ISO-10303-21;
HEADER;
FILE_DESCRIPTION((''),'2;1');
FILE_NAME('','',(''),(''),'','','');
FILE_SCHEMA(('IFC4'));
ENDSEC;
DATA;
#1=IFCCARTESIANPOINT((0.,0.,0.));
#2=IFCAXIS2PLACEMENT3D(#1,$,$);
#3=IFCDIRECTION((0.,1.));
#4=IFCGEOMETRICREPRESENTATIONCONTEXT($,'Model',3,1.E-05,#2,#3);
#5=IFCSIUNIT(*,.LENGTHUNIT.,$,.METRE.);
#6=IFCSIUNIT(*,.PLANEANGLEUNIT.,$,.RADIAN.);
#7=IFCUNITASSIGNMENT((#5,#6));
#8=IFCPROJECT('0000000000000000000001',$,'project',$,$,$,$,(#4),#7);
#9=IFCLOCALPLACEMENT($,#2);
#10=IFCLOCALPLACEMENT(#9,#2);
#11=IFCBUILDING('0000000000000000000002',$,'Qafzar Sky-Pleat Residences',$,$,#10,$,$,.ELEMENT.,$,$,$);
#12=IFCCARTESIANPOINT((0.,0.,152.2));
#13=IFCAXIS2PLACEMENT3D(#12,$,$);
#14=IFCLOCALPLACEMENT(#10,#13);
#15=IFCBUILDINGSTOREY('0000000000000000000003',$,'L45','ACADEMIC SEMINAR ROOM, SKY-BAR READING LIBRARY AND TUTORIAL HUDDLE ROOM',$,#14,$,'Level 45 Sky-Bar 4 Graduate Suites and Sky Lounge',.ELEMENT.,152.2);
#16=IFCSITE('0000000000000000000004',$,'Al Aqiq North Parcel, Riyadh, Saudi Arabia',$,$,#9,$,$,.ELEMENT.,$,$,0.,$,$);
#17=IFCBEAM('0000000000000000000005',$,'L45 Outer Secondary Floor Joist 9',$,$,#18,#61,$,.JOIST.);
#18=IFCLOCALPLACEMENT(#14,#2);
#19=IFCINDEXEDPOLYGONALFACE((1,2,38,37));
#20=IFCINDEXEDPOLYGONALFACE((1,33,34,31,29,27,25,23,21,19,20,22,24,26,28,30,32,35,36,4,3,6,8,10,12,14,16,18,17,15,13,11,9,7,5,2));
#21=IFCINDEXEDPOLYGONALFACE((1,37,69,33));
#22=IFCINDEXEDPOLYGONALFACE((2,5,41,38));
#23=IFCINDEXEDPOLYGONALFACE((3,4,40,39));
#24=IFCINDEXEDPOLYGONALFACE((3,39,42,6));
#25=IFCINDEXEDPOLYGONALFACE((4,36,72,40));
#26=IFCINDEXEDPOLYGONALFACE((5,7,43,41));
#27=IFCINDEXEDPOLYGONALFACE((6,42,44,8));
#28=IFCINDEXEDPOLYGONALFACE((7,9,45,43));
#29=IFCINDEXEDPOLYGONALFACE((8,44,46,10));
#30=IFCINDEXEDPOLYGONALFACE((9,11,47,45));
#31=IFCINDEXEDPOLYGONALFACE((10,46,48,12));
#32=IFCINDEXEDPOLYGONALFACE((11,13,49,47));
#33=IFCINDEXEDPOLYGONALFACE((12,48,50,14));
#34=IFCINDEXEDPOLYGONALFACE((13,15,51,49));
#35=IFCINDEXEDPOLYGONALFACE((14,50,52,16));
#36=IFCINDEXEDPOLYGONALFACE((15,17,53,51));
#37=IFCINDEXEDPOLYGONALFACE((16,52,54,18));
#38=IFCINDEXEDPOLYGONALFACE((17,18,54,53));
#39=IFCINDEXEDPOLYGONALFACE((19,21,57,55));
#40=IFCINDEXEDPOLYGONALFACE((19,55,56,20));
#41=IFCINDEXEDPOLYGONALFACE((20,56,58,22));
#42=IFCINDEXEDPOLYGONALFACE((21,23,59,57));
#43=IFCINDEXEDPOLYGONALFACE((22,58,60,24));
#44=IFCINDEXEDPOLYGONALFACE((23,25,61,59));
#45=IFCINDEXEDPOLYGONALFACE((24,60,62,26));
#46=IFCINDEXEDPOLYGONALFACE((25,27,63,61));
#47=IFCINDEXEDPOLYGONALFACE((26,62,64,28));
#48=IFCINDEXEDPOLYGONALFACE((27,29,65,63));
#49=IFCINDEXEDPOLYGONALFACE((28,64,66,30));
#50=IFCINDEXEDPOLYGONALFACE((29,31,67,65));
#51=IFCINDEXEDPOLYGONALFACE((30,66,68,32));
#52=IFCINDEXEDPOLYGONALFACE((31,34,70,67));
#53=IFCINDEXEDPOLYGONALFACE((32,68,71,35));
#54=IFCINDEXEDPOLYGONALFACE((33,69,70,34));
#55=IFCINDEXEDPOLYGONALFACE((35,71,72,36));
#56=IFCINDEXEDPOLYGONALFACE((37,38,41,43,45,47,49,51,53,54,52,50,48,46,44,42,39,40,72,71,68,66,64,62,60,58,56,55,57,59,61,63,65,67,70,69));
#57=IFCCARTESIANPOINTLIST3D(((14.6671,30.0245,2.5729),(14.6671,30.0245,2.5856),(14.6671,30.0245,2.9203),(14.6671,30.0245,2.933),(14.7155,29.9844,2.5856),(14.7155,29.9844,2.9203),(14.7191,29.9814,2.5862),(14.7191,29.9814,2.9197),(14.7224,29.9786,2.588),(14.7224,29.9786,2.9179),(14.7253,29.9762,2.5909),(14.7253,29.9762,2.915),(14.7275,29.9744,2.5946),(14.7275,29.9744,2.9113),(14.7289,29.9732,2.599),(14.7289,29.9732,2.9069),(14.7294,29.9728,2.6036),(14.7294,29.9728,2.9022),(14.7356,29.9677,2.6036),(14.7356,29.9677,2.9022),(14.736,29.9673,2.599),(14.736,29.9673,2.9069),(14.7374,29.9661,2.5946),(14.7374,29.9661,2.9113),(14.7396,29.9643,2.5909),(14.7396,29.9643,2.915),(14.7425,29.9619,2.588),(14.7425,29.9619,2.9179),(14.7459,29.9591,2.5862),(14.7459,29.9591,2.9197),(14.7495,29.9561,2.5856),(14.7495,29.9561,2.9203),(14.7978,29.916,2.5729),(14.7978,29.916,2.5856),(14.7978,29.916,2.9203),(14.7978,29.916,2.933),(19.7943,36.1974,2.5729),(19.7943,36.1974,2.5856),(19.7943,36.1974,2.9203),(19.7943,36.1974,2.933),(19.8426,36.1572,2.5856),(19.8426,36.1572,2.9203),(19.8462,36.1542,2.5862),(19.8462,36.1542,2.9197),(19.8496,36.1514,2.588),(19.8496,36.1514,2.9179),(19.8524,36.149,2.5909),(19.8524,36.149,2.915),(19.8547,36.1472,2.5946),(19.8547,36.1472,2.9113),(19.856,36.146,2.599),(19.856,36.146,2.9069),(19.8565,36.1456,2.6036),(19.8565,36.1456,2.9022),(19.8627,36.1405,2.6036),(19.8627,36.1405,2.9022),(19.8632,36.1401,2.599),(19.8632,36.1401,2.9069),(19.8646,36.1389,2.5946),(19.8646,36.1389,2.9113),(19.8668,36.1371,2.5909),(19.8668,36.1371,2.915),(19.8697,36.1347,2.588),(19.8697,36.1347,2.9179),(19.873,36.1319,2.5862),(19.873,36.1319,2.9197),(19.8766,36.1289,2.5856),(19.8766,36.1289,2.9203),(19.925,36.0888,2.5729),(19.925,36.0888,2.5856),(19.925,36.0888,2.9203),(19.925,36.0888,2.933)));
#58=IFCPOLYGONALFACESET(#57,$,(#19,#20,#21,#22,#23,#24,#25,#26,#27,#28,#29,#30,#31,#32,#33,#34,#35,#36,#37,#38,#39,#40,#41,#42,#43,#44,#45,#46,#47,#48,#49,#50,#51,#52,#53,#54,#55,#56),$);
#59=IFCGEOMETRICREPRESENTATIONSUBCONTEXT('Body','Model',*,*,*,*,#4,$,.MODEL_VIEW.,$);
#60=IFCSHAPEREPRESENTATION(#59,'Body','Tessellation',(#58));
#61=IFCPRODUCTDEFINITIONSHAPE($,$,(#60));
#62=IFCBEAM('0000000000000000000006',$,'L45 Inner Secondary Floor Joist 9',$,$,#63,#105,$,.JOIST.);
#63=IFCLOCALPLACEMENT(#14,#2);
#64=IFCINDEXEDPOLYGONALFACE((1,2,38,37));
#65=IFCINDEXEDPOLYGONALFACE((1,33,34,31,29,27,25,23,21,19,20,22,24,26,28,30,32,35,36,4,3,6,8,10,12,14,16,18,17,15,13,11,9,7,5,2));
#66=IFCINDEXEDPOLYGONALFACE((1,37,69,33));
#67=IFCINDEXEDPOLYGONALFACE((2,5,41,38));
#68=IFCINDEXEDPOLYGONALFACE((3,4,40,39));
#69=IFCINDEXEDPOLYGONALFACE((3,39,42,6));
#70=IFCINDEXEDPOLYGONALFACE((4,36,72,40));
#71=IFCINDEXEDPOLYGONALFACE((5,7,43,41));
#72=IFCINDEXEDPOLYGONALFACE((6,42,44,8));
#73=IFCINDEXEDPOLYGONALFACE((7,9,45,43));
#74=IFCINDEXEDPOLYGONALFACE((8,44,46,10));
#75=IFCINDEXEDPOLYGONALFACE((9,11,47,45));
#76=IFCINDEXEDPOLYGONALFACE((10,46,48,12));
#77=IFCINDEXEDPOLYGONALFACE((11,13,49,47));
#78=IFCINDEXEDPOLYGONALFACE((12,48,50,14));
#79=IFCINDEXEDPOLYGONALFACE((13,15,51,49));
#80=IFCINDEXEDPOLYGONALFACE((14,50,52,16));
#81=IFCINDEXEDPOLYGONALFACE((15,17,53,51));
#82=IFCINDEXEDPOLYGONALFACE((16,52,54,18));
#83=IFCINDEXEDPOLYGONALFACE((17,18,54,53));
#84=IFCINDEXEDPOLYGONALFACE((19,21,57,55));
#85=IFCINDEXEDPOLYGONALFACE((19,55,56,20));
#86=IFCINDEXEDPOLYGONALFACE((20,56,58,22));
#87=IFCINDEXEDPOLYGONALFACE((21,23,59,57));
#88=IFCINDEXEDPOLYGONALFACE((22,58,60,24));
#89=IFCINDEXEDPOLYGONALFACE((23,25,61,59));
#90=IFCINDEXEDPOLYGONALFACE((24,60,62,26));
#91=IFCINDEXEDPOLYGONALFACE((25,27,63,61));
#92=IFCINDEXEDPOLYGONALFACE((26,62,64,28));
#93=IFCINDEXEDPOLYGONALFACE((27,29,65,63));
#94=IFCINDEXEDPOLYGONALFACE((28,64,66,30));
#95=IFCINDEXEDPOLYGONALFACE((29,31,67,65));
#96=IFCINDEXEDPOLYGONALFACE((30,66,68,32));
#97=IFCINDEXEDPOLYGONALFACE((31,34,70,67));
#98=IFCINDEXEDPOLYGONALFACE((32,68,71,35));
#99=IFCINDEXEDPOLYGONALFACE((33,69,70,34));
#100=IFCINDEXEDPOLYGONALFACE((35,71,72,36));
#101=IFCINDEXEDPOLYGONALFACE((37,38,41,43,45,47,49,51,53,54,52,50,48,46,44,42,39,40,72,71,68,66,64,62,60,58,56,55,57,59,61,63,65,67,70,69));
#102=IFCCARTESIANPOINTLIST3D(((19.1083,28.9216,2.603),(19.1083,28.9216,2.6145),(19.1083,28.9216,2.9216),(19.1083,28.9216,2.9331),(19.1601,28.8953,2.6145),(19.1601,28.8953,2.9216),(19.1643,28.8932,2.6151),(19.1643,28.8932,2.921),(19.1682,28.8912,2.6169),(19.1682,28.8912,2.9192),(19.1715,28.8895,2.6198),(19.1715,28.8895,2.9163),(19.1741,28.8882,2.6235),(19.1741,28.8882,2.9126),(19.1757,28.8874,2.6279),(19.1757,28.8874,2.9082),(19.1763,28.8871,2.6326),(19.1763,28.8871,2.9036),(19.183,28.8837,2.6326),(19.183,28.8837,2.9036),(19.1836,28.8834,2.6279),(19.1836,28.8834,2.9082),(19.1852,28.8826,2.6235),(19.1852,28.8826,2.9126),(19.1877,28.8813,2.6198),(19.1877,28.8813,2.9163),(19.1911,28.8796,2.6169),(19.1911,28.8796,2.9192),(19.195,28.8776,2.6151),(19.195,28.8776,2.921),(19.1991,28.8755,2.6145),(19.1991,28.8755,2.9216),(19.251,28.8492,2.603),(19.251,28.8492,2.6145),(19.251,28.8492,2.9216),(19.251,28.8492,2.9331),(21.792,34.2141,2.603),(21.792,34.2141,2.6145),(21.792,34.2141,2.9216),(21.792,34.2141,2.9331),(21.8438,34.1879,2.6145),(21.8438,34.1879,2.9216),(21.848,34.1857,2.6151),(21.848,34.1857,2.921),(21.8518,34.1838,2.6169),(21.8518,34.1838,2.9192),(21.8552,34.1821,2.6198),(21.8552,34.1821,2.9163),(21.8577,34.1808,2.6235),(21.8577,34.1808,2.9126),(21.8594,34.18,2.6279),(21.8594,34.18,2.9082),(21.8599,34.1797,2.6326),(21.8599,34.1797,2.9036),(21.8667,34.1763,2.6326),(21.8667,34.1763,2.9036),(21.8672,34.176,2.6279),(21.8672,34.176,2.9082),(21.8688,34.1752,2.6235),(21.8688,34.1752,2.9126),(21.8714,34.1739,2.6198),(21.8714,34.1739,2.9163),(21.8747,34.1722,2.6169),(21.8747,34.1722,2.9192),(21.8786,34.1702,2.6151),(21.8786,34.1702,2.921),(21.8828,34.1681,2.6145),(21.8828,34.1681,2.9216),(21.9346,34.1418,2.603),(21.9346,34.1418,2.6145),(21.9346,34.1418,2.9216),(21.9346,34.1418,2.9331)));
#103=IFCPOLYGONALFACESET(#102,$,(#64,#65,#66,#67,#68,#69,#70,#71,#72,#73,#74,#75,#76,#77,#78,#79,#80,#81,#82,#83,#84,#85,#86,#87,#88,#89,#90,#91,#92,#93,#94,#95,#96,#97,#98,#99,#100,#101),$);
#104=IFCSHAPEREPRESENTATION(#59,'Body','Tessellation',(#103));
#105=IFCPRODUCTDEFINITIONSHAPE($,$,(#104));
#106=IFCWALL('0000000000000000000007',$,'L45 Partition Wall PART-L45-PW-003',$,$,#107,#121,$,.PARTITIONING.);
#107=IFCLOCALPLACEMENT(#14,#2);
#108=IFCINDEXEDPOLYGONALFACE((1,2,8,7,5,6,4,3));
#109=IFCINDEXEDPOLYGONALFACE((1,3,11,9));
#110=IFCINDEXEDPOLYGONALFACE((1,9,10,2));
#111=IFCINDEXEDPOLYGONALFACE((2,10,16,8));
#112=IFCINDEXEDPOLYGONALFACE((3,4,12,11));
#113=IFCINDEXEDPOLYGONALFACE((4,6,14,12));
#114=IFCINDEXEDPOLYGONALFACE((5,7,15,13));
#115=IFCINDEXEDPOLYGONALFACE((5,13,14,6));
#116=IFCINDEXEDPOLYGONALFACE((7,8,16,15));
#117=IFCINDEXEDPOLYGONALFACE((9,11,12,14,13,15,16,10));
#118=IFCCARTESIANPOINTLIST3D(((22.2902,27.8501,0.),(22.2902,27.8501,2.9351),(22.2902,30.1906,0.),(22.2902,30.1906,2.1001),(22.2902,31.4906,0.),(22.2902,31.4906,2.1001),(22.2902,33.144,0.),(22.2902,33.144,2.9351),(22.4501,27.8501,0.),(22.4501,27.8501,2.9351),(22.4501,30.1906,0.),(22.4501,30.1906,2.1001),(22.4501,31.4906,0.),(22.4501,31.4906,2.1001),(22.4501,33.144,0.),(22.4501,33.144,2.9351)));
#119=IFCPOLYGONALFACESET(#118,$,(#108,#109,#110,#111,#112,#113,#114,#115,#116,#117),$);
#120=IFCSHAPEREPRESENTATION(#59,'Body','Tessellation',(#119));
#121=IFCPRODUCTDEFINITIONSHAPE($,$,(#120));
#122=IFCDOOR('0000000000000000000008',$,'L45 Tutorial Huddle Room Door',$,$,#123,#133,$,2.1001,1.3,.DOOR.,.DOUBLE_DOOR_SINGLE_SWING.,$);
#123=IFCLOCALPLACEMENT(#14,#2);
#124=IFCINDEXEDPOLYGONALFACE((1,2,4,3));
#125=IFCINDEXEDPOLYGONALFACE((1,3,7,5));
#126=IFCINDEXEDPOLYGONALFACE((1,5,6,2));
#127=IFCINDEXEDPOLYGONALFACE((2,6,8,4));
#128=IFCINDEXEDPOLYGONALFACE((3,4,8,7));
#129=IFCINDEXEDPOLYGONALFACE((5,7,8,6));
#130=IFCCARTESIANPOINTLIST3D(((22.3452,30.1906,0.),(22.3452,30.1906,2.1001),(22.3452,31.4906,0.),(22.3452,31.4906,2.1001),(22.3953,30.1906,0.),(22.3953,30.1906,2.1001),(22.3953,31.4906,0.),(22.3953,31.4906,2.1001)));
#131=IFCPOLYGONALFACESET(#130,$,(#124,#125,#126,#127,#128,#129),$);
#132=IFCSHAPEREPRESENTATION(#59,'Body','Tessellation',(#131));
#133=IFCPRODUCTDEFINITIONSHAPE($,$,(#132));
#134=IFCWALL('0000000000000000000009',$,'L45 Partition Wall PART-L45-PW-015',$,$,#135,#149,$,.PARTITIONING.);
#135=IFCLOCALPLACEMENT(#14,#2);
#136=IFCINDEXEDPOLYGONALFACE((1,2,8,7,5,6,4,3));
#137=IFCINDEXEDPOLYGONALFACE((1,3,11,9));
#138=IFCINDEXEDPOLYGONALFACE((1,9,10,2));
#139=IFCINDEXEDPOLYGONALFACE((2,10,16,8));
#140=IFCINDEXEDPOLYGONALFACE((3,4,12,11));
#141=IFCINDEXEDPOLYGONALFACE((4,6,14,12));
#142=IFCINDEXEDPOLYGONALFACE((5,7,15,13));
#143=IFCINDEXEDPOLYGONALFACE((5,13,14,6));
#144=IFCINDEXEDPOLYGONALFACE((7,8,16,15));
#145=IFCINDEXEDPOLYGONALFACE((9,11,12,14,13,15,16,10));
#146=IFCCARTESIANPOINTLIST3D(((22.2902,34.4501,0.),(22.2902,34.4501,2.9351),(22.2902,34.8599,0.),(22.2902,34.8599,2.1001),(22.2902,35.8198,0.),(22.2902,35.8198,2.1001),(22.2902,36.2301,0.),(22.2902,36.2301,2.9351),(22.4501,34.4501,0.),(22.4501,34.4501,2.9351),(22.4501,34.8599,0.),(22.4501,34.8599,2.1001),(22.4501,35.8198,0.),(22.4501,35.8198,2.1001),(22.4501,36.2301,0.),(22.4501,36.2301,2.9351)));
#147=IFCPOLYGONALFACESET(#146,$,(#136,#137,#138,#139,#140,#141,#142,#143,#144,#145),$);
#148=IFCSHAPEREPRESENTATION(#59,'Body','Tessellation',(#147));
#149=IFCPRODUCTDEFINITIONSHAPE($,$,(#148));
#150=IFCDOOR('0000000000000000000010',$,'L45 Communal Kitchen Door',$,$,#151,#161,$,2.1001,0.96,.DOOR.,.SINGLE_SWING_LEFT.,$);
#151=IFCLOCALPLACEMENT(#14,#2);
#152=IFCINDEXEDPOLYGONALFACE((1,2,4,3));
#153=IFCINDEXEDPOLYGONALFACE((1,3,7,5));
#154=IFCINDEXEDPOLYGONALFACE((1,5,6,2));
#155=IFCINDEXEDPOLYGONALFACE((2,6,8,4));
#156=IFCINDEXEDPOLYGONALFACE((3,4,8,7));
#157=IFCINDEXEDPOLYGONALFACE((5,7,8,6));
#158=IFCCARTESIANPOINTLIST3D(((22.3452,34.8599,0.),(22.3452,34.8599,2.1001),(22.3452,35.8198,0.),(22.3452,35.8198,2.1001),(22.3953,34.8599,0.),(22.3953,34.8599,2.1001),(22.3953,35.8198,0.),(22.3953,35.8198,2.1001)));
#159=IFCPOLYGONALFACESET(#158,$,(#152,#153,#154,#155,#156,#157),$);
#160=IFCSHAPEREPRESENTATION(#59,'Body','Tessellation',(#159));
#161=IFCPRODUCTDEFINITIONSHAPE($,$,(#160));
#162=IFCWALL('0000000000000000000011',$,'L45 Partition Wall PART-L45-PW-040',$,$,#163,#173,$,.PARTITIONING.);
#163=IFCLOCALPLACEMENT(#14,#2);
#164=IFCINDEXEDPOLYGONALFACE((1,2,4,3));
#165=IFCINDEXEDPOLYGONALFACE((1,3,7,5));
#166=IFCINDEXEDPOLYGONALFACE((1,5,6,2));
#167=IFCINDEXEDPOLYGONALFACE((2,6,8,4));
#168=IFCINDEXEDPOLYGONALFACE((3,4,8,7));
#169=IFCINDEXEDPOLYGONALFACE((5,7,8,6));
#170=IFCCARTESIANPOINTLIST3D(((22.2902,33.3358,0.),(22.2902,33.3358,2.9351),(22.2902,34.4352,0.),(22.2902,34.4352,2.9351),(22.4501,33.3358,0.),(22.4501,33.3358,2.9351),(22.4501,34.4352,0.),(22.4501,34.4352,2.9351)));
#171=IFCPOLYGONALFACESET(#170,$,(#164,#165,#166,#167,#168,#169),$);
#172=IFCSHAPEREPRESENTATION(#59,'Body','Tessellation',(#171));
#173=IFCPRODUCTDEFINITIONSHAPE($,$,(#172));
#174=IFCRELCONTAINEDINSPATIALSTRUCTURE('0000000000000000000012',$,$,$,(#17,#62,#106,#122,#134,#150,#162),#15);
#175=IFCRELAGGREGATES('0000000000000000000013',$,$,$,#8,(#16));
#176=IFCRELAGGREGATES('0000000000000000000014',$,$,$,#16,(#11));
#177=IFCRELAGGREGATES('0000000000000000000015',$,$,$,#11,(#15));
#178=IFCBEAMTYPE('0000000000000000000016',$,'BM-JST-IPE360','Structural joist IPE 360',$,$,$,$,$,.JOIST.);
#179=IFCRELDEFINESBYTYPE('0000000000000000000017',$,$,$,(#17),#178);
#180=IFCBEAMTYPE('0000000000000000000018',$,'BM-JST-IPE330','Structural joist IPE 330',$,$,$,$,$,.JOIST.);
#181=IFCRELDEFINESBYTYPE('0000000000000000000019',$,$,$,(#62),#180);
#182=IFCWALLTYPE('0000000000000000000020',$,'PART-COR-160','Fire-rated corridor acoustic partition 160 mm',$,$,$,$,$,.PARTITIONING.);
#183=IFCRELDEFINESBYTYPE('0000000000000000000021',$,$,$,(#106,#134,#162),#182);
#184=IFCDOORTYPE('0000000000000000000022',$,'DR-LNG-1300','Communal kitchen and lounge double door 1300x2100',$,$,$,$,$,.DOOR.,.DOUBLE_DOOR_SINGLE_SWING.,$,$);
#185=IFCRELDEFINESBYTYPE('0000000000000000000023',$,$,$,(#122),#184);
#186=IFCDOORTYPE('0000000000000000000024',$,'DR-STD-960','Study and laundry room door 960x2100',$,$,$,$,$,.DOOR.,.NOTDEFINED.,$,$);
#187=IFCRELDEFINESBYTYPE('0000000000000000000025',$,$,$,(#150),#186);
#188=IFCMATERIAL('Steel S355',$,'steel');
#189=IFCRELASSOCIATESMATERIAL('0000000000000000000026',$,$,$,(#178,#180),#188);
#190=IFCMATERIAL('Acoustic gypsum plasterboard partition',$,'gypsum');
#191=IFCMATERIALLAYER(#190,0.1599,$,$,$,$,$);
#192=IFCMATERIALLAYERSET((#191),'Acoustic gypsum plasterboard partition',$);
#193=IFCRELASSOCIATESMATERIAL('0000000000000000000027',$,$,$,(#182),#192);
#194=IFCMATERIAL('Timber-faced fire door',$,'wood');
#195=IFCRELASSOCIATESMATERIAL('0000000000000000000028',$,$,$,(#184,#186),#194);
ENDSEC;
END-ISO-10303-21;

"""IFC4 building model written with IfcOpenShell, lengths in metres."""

from ifc_helpers import new_model, si_unit, direction, frame, frame_2d, origin, origin_2d, place, context, subcontext, project, spatial, rectangle, i_section, extrude, source, transform, mapped, material, layer, layer_set, material_profile, profile_set, type_object, element, fill, save


model = new_model("IFC4")

# Units and contexts
model_context = context("Model", 3, precision=1e-05, world=origin(), true_north=direction((0.0, 1.0)))
body_context = subcontext(model_context, "Body", "Model", "MODEL_VIEW")
ifc_project = project(units=[si_unit("LENGTHUNIT", "METRE"), si_unit("PLANEANGLEUNIT", "RADIAN")], contexts=[model_context])

# Site, building, storey
site_placement = place(None, origin())
site = spatial("IfcSite", under=ifc_project, at=site_placement, Name="Al Aqiq North Parcel, Riyadh, Saudi Arabia", CompositionType="ELEMENT", RefElevation=0.0)
building_placement = place(site_placement, origin())
building = spatial("IfcBuilding", under=site, at=building_placement, Name="Qafzar Sky-Pleat Residences", CompositionType="ELEMENT")
storey_placement = place(building_placement, frame((0.0, 0.0, 152.2)))
storey = spatial("IfcBuildingStorey", under=building, at=storey_placement, Name="L45", Description="ACADEMIC SEMINAR ROOM, SKY-BAR READING LIBRARY AND TUTORIAL HUDDLE ROOM", LongName="Level 45 Sky-Bar 4 Graduate Suites and Sky Lounge", CompositionType="ELEMENT", Elevation=152.2)

# Shared definitions
ifc_material_1 = material(Name="Steel S355", Category="steel")

# Beams
ifc_material_profile_1 = material_profile(ifc_material_1, i_section(OverallWidth=0.1699, OverallDepth=0.3601, WebThickness=0.0081, FlangeThickness=0.0127, FilletRadius=0.0181, at=origin_2d()), Name="IPE 360")
ifc_profile_set_1 = profile_set([ifc_material_profile_1], Name="Steel S355")
beam_type_1 = type_object("IfcBeamType", Name="BM-JST-IPE360", Description="Structural joist IPE 360", PredefinedType="JOIST", material=ifc_profile_set_1)
shared_shape_1 = source(origin(), body_context, "Body", "SweptSolid", [
    extrude(i_section(OverallWidth=0.1699, OverallDepth=0.3601, WebThickness=0.0081, FlangeThickness=0.0127, FilletRadius=0.0181, at=origin_2d()), origin(), (0.0, 0.0, 1.0), 8.0244),
])
beam_1_placement = place(storey_placement, frame((19.8596, 36.1431, 2.7529), z_axis=(-0.638945, -0.769253, 0.0), x_axis=(0.769253, -0.638945, 0.0)))
element("IfcBeam", 1, at=beam_1_placement, inside=storey, type_object=beam_type_1, Name="L45 Outer Secondary Floor Joist 9", PredefinedType="JOIST", context=body_context, shape_type="MappedRepresentation", body=[
    mapped(shared_shape_1, transform((0.0, 0.0, 0.0), x_axis=(1.0, 0.0, 0.0), y_axis=(0.0, 1.0, 0.0), z_axis=(0.0, 0.0, 1.0), scale=1.0)),
])
ifc_material_profile_2 = material_profile(ifc_material_1, i_section(OverallWidth=0.1599, OverallDepth=0.3301, WebThickness=0.0076, FlangeThickness=0.0115, FilletRadius=0.0181, at=origin_2d()), Name="IPE 330")
ifc_profile_set_2 = profile_set([ifc_material_profile_2], Name="Steel S355")
beam_type_2 = type_object("IfcBeamType", Name="BM-JST-IPE330", Description="Structural joist IPE 330", PredefinedType="JOIST", material=ifc_profile_set_2)
shared_shape_2 = source(origin(), body_context, "Body", "SweptSolid", [
    extrude(i_section(OverallWidth=0.1599, OverallDepth=0.3301, WebThickness=0.0076, FlangeThickness=0.0115, FilletRadius=0.0181, at=origin_2d()), origin(), (0.0, 0.0, 1.0), 5.9341),
])
beam_2_placement = place(storey_placement, frame((21.8633, 34.178, 2.7681), z_axis=(-0.452242, -0.891895, 0.0), x_axis=(0.891895, -0.452242, 0.0)))
element("IfcBeam", 2, at=beam_2_placement, inside=storey, type_object=beam_type_2, Name="L45 Inner Secondary Floor Joist 9", PredefinedType="JOIST", context=body_context, shape_type="MappedRepresentation", body=[
    mapped(shared_shape_2, transform((0.0, 0.0, 0.0), x_axis=(1.0, 0.0, 0.0), y_axis=(0.0, 1.0, 0.0), z_axis=(0.0, 0.0, 1.0), scale=1.0)),
])

# Walls, openings, doors
ifc_material_2 = material(Name="Acoustic gypsum plasterboard partition", Category="gypsum")
ifc_layer_1 = layer(ifc_material_2, 0.1599)
ifc_layer_set_1 = layer_set([ifc_layer_1], Name="Acoustic gypsum plasterboard partition")
wall_type_1 = type_object("IfcWallType", Name="PART-COR-160", Description="Fire-rated corridor acoustic partition 160 mm", PredefinedType="PARTITIONING", material=ifc_layer_set_1)
wall_1_placement = place(storey_placement, frame((22.3701, 27.8501, 0.0), z_axis=(0.0, 0.0, 1.0), x_axis=(0.0, 1.0, 0.0)))
wall_1 = element("IfcWall", 3, at=wall_1_placement, inside=storey, type_object=wall_type_1, Name="L45 Partition Wall PART-L45-PW-003", PredefinedType="PARTITIONING", context=body_context, shape_type="SweptSolid", body=[
    extrude(rectangle(XDim=5.2939, YDim=0.1599, at=frame_2d((2.647, 0.0))), origin(), (0.0, 0.0, 1.0), 2.9351),
])
opening_1_placement = place(wall_1_placement, frame((2.3406, 0.0, 0.0)))
opening_1 = element("IfcOpeningElement", 4, at=opening_1_placement, cuts=wall_1, PredefinedType="OPENING", context=body_context, shape_type="SweptSolid", body=[
    extrude(rectangle(XDim=1.3, YDim=2.1001, at=frame_2d((0.6499, 1.05))), frame((0.0, 0.0898, 0.0), z_axis=(0.0, -1.0, 0.0), x_axis=(1.0, 0.0, 0.0)), (0.0, 0.0, 1.0), 0.1799),
])
ifc_material_3 = material(Name="Timber-faced fire door", Category="wood")
door_type_1 = type_object("IfcDoorType", Name="DR-LNG-1300", Description="Communal kitchen and lounge double door 1300x2100", OperationType="DOUBLE_DOOR_SINGLE_SWING", PredefinedType="DOOR", material=ifc_material_3)
shared_shape_3 = source(origin(), body_context, "Body", "SweptSolid", [
    extrude(rectangle(XDim=1.3, YDim=2.1001, at=frame_2d((0.6499, 1.05))), frame((0.0, 0.0249, 0.0), z_axis=(0.0, -1.0, 0.0), x_axis=(1.0, 0.0, 0.0)), (0.0, 0.0, 1.0), 0.05),
])
door_1_placement = place(opening_1_placement, origin())
door_1 = element("IfcDoor", 5, at=door_1_placement, inside=storey, type_object=door_type_1, Name="L45 Tutorial Huddle Room Door", OperationType="DOUBLE_DOOR_SINGLE_SWING", OverallHeight=2.1001, OverallWidth=1.3, PredefinedType="DOOR", context=body_context, shape_type="MappedRepresentation", body=[
    mapped(shared_shape_3, transform((0.0, 0.0, 0.0), x_axis=(1.0, 0.0, 0.0), y_axis=(0.0, 1.0, 0.0), z_axis=(0.0, 0.0, 1.0), scale=1.0)),
])
fill(opening_1, door_1)
wall_2_placement = place(storey_placement, frame((22.3701, 34.45, 0.0), z_axis=(0.0, 0.0, 1.0), x_axis=(0.0, 1.0, 0.0)))
wall_2 = element("IfcWall", 6, at=wall_2_placement, inside=storey, type_object=wall_type_1, Name="L45 Partition Wall PART-L45-PW-015", PredefinedType="PARTITIONING", context=body_context, shape_type="SweptSolid", body=[
    extrude(rectangle(XDim=1.78, YDim=0.1599, at=frame_2d((0.8901, 0.0))), origin(), (0.0, 0.0, 1.0), 2.9351),
])
opening_2_placement = place(wall_2_placement, frame((0.4099, 0.0, 0.0)))
opening_2 = element("IfcOpeningElement", 7, at=opening_2_placement, cuts=wall_2, PredefinedType="OPENING", context=body_context, shape_type="SweptSolid", body=[
    extrude(rectangle(XDim=0.96, YDim=2.1001, at=frame_2d((0.48, 1.05))), frame((0.0, 0.0898, 0.0), z_axis=(0.0, -1.0, 0.0), x_axis=(1.0, 0.0, 0.0)), (0.0, 0.0, 1.0), 0.1799),
])
door_type_2 = type_object("IfcDoorType", Name="DR-STD-960", Description="Study and laundry room door 960x2100", OperationType="NOTDEFINED", PredefinedType="DOOR", material=ifc_material_3)
shared_shape_4 = source(origin(), body_context, "Body", "SweptSolid", [
    extrude(rectangle(XDim=0.96, YDim=2.1001, at=frame_2d((0.48, 1.05))), frame((0.0, 0.0249, 0.0), z_axis=(0.0, -1.0, 0.0), x_axis=(1.0, 0.0, 0.0)), (0.0, 0.0, 1.0), 0.05),
])
door_2_placement = place(opening_2_placement, origin())
door_2 = element("IfcDoor", 8, at=door_2_placement, inside=storey, type_object=door_type_2, Name="L45 Communal Kitchen Door", OperationType="SINGLE_SWING_LEFT", OverallHeight=2.1001, OverallWidth=0.96, PredefinedType="DOOR", context=body_context, shape_type="MappedRepresentation", body=[
    mapped(shared_shape_4, transform((0.0, 0.0, 0.0), x_axis=(1.0, 0.0, 0.0), y_axis=(0.0, 1.0, 0.0), z_axis=(0.0, 0.0, 1.0), scale=1.0)),
])
fill(opening_2, door_2)

# Wall
wall_3_placement = place(storey_placement, frame((22.3701, 33.3357, 0.0), z_axis=(0.0, 0.0, 1.0), x_axis=(0.0, 1.0, 0.0)))
element("IfcWall", 9, at=wall_3_placement, inside=storey, type_object=wall_type_1, Name="L45 Partition Wall PART-L45-PW-040", PredefinedType="PARTITIONING", context=body_context, shape_type="SweptSolid", body=[
    extrude(rectangle(XDim=1.0994, YDim=0.1599, at=frame_2d((0.5498, 0.0))), origin(), (0.0, 0.0, 1.0), 2.9351),
])

save(model, "model.ifc")
